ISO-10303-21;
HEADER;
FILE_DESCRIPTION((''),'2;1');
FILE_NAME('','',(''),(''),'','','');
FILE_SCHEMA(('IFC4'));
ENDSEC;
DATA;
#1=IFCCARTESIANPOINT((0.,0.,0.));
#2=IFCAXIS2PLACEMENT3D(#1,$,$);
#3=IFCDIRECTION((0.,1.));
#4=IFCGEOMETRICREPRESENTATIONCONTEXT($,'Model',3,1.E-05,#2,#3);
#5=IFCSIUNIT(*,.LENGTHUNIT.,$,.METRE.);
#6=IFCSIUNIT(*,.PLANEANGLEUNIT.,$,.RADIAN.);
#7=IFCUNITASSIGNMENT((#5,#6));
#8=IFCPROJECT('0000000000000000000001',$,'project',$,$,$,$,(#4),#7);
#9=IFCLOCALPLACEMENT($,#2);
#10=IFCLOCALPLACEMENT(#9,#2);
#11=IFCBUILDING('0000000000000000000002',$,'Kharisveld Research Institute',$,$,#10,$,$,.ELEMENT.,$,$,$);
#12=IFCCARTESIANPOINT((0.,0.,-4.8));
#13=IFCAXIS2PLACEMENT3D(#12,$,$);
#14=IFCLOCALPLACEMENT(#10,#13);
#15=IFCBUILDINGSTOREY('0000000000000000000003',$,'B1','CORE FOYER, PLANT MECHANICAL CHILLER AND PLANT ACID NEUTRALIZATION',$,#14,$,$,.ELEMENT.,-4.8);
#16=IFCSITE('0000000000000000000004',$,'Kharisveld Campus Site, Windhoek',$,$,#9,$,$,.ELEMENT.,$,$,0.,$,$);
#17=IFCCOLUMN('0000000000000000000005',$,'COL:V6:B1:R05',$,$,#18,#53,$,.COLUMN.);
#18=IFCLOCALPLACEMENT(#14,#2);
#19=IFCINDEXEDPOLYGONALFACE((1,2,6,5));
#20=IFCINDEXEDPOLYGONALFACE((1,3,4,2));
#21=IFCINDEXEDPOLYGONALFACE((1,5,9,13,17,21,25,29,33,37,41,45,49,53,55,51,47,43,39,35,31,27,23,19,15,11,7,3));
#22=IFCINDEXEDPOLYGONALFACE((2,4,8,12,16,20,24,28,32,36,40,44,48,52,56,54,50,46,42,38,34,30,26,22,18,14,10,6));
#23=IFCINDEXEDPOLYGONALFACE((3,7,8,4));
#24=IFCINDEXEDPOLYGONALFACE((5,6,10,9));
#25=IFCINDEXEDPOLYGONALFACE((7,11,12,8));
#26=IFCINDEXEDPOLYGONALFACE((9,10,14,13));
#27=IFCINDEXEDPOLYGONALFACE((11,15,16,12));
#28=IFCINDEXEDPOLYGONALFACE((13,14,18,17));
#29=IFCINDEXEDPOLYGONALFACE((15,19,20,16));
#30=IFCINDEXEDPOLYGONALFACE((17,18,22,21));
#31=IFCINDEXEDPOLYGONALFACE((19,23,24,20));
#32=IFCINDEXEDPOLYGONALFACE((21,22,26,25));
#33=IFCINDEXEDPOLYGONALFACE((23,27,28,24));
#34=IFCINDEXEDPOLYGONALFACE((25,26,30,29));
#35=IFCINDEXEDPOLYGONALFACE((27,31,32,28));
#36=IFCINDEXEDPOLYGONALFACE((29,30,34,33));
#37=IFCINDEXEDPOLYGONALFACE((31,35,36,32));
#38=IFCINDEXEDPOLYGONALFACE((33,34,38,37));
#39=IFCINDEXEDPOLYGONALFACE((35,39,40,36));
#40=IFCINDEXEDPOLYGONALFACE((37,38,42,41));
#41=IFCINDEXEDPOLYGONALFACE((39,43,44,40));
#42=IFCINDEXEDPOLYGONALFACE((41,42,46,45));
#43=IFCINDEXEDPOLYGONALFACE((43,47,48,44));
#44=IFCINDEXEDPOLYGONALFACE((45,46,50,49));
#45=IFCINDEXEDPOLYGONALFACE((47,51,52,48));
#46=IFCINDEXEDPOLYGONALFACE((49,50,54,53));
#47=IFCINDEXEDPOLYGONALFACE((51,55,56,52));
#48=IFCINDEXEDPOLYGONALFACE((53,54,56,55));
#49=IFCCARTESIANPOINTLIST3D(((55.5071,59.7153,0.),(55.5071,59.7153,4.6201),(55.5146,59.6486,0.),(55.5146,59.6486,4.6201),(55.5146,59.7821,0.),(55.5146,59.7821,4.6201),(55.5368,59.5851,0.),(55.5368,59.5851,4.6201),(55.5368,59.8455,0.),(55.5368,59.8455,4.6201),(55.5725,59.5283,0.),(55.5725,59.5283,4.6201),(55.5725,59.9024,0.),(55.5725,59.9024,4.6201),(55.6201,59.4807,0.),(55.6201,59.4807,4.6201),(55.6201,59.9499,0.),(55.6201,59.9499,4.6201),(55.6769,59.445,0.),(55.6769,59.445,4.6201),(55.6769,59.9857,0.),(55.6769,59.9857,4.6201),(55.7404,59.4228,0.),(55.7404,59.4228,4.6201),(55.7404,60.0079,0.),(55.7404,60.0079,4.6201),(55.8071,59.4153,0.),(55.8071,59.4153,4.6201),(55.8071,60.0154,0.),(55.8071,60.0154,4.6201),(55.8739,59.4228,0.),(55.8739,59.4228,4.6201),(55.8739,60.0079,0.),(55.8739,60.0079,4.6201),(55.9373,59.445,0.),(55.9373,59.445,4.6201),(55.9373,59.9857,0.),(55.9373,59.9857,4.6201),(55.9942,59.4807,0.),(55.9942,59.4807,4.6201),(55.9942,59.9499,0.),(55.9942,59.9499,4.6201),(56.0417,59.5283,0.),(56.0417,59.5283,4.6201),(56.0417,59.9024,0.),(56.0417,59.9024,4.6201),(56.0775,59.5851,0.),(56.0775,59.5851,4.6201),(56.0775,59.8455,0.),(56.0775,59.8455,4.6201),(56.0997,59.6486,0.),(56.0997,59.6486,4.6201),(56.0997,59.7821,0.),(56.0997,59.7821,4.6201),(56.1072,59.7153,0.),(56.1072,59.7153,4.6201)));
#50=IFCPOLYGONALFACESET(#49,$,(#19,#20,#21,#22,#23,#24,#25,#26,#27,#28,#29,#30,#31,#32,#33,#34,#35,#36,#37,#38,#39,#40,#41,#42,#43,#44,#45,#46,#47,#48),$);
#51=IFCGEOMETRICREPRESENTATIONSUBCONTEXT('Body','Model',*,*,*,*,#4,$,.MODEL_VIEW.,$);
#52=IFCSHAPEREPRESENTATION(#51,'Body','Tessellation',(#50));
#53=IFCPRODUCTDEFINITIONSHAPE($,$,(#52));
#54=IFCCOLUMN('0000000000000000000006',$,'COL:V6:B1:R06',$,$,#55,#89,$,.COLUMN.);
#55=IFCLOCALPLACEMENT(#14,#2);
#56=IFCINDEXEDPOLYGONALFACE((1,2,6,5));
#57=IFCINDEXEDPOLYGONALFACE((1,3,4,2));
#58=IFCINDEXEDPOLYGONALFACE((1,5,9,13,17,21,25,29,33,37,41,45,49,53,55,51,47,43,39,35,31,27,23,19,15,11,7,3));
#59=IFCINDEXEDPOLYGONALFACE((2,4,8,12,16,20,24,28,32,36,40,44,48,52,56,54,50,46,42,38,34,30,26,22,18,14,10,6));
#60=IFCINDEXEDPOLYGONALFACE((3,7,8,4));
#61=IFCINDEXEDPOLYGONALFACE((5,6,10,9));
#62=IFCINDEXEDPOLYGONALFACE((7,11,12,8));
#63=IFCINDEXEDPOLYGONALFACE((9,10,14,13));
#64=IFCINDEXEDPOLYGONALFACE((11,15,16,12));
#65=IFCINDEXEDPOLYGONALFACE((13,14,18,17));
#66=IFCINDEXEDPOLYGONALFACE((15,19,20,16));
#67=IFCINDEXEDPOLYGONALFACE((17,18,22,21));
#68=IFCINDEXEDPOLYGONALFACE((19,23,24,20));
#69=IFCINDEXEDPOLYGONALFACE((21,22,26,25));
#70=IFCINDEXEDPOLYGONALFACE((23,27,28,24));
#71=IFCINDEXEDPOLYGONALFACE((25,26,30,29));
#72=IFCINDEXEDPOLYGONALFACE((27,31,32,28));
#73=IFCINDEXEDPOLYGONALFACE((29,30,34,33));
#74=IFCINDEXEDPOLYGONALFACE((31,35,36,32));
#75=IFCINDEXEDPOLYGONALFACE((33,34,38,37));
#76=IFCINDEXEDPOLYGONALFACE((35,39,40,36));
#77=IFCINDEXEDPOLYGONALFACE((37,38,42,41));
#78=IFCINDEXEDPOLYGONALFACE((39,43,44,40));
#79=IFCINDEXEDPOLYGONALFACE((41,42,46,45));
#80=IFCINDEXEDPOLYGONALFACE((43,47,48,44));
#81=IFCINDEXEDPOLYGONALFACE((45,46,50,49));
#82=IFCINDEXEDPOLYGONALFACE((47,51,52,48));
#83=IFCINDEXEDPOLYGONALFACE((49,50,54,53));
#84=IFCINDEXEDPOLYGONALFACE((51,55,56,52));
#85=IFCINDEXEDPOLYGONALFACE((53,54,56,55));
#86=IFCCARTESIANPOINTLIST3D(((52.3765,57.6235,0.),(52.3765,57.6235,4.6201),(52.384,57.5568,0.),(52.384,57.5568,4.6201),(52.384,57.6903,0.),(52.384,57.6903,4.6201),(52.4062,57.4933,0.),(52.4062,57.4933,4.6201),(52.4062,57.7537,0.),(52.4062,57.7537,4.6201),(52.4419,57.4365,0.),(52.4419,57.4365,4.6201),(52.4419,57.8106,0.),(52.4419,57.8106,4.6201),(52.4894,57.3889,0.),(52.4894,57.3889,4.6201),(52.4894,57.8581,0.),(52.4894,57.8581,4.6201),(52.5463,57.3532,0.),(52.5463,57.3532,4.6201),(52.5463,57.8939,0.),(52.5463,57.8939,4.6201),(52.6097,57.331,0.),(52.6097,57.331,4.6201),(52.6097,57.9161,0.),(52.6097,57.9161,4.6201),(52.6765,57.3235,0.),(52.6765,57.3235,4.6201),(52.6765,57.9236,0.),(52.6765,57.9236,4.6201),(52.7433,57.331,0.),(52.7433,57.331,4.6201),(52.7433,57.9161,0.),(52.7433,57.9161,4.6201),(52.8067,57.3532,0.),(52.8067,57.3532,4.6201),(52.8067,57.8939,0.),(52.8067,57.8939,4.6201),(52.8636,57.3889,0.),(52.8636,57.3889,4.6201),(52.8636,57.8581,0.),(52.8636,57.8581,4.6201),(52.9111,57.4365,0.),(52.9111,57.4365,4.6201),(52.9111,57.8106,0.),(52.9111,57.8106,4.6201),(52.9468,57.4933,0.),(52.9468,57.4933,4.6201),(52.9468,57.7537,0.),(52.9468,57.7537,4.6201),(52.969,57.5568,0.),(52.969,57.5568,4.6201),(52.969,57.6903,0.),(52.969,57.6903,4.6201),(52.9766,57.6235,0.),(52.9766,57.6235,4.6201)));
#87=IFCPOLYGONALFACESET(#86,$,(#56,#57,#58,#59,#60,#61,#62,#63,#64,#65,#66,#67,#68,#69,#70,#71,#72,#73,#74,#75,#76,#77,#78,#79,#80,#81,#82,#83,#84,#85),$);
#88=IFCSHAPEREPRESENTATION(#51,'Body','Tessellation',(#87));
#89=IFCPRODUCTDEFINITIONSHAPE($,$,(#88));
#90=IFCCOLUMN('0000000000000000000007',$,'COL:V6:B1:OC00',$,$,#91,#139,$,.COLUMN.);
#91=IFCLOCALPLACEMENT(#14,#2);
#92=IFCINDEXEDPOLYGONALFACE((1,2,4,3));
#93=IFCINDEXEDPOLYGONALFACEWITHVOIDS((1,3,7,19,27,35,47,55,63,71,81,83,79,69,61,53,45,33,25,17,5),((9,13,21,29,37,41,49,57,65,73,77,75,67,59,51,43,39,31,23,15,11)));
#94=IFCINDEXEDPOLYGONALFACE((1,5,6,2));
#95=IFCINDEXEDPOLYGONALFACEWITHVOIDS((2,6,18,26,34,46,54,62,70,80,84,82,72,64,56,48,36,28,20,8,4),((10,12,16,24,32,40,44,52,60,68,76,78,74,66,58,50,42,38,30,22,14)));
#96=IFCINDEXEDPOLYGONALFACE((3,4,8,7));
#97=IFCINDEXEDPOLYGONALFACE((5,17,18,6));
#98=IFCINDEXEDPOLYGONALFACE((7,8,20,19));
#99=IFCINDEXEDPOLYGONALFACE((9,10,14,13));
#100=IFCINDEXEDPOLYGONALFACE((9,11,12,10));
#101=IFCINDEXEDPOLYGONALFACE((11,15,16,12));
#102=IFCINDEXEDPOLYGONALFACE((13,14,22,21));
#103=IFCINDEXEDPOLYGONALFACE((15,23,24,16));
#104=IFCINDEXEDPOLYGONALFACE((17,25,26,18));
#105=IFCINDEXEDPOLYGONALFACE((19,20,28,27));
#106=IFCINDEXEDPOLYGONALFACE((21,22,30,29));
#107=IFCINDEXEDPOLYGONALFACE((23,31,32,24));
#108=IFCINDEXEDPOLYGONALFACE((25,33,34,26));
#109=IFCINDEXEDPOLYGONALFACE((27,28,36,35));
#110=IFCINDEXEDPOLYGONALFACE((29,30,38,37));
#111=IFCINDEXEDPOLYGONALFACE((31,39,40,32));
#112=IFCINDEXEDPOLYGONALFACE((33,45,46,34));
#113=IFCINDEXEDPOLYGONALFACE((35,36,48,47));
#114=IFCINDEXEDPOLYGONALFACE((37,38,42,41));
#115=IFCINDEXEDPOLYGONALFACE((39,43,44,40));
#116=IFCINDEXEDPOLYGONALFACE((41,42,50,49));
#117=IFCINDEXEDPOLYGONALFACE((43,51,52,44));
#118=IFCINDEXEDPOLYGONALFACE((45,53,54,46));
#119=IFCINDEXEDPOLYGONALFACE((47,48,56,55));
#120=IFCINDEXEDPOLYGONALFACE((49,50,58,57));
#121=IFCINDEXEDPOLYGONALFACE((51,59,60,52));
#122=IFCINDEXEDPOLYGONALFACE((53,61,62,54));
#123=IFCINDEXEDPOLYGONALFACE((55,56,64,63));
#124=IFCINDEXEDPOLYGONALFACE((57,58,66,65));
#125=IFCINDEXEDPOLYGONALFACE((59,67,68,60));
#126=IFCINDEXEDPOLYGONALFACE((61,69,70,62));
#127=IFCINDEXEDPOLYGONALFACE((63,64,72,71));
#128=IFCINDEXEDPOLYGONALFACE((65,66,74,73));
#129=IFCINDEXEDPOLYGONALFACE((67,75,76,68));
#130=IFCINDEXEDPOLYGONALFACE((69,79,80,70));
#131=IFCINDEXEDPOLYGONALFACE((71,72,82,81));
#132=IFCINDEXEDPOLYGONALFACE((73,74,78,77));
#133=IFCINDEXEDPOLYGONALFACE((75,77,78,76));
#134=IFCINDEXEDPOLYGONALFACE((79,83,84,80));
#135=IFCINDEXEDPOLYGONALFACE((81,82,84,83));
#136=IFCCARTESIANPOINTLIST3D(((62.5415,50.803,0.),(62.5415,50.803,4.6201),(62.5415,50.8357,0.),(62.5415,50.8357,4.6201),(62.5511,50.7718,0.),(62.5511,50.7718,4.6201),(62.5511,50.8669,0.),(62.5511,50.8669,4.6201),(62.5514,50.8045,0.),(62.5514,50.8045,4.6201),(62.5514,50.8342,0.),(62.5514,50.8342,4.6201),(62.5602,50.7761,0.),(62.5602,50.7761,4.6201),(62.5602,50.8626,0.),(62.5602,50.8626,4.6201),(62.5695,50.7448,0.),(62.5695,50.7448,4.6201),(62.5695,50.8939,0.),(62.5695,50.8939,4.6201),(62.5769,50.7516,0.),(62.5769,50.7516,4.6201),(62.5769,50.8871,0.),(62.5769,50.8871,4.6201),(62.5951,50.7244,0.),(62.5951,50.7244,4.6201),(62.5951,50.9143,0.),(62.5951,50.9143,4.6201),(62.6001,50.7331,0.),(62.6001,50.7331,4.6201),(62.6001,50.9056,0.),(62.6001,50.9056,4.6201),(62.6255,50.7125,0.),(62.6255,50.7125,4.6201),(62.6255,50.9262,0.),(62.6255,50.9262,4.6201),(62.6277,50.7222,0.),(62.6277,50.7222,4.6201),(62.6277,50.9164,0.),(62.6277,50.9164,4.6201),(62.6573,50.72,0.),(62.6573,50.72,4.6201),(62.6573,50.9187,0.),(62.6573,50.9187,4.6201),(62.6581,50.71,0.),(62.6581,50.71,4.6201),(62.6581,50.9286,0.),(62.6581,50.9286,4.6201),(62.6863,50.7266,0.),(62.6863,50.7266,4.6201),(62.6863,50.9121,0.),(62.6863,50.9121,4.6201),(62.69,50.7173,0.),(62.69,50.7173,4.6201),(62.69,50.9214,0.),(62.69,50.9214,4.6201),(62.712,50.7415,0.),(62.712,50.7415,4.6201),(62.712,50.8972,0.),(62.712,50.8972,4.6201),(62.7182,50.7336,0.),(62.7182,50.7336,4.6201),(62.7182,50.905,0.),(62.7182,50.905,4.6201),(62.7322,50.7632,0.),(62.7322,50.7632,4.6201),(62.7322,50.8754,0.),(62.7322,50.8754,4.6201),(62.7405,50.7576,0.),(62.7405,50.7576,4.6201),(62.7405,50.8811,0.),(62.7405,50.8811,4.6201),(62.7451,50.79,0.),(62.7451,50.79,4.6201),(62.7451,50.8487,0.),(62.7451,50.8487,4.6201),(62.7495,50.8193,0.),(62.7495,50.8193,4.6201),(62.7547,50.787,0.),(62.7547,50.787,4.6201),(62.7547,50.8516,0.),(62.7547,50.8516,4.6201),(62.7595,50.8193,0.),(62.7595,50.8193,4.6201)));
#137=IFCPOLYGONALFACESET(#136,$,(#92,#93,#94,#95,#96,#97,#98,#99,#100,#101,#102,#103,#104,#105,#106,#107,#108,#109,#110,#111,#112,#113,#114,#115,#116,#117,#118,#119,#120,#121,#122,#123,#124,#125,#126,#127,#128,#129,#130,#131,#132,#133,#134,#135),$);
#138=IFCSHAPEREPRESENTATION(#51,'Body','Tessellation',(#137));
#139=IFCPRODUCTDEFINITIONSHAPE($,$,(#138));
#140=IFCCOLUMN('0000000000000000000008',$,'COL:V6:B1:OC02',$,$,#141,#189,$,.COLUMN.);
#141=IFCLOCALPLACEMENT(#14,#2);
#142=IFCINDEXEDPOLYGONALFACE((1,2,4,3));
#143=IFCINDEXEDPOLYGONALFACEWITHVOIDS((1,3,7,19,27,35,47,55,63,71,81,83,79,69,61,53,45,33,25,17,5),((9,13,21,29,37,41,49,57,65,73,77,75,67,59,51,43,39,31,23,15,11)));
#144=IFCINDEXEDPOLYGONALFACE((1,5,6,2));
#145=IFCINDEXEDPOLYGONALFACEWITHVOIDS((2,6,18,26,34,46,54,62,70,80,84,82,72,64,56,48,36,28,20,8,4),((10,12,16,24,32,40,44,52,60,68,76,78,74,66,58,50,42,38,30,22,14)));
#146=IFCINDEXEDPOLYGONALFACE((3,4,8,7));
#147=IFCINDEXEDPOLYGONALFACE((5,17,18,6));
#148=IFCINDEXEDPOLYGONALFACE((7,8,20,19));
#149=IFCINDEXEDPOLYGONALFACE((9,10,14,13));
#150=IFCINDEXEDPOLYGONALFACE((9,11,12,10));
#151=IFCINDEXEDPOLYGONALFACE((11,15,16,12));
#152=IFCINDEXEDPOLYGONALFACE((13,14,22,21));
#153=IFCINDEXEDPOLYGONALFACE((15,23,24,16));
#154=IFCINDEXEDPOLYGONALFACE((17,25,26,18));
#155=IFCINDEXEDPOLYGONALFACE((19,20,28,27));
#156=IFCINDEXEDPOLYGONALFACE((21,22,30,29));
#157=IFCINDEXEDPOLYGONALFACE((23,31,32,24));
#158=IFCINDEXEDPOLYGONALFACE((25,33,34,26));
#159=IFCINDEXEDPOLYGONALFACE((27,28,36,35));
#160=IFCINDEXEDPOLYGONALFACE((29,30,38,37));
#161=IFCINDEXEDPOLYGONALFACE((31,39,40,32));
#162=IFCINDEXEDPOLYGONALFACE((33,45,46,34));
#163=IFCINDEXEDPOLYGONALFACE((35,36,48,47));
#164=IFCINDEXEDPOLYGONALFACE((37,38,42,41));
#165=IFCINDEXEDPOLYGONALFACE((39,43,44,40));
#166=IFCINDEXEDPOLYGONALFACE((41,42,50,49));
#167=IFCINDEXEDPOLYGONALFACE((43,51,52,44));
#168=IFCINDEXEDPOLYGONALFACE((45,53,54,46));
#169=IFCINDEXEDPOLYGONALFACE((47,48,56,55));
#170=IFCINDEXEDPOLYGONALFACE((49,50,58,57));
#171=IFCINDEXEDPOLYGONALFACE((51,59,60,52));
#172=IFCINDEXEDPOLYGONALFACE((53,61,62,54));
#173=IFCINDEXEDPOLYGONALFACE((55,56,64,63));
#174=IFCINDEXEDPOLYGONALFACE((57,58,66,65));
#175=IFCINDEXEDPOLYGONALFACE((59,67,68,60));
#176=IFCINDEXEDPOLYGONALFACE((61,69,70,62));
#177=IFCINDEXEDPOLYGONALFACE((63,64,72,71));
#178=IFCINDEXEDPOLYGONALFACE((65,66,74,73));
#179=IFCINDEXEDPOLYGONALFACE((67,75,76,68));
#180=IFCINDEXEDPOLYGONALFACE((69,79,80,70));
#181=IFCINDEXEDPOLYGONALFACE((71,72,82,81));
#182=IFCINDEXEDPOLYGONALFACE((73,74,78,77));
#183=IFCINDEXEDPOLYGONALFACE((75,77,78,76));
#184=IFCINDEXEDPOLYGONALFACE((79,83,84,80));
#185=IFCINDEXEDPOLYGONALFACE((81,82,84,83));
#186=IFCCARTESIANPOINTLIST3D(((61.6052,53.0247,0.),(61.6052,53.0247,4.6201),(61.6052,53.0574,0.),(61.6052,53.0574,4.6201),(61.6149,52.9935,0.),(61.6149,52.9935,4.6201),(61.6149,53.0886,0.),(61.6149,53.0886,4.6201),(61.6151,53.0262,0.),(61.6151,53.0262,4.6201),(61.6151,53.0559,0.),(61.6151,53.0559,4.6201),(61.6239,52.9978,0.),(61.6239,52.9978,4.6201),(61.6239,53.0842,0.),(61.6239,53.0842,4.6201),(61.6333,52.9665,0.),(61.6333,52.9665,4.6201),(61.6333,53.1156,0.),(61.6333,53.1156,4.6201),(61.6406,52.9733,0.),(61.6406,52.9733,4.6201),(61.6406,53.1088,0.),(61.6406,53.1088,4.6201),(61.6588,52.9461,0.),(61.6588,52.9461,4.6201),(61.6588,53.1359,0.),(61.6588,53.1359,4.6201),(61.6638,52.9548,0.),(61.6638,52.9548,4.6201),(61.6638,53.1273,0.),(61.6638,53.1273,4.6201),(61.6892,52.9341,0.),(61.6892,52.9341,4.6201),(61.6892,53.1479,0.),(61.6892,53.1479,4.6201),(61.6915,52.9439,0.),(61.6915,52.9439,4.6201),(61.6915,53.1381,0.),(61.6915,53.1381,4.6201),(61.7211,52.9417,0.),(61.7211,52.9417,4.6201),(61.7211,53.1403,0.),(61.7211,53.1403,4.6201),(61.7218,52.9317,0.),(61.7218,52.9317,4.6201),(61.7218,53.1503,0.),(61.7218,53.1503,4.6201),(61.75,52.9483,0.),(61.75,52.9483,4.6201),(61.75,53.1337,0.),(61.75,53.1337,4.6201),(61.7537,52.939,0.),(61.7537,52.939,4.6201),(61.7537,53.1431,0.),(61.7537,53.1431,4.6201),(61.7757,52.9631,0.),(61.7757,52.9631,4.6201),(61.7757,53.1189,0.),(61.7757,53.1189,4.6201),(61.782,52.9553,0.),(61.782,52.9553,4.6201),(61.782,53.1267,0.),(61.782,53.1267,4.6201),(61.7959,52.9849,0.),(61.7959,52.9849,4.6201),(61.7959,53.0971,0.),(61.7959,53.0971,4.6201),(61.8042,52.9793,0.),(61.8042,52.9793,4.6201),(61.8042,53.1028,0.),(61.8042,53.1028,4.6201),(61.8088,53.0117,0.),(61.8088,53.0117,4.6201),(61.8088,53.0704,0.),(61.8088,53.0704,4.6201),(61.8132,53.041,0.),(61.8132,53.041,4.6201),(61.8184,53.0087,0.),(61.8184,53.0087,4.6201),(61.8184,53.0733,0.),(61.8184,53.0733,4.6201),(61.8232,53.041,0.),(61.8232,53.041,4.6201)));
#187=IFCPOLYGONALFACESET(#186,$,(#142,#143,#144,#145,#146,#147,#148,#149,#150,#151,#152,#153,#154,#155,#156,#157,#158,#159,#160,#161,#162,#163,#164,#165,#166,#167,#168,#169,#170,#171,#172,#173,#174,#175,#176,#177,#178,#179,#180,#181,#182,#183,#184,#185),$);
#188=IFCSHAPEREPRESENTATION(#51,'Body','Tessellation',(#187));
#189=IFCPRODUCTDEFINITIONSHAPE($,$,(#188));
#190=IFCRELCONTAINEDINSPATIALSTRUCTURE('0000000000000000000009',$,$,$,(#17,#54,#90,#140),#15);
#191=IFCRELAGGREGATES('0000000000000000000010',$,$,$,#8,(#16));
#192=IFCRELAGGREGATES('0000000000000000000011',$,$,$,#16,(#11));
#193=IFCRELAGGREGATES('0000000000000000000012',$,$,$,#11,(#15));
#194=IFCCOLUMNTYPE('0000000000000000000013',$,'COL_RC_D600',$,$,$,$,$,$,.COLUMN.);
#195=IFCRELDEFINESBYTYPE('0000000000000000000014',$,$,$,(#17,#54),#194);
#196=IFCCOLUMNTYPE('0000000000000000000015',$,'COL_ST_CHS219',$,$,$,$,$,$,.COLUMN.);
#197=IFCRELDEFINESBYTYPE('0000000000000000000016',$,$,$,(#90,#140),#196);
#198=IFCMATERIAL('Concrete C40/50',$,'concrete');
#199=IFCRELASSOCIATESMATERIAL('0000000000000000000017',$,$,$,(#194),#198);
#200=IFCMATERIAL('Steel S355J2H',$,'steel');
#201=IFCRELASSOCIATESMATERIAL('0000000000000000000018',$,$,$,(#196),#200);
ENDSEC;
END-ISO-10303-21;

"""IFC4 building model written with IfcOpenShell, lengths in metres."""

from ifc_helpers import new_model, si_unit, direction, frame, origin, origin_2d, place, context, subcontext, project, spatial, circle, hollow_circle, extrude, material, material_profile, profile_set, type_object, element, save


model = new_model("IFC4")

# Units and contexts
model_context = context("Model", 3, precision=1e-05, world=origin(), true_north=direction((0.0, 1.0)))
body_context = subcontext(model_context, "Body", "Model", "MODEL_VIEW")
ifc_project = project(units=[si_unit("LENGTHUNIT", "METRE"), si_unit("PLANEANGLEUNIT", "RADIAN")], contexts=[model_context])

# Site, building, storey
site_placement = place(None, origin())
site = spatial("IfcSite", under=ifc_project, at=site_placement, Name="Kharisveld Campus Site, Windhoek", CompositionType="ELEMENT", RefElevation=0.0)
building_placement = place(site_placement, origin())
building = spatial("IfcBuilding", under=site, at=building_placement, Name="Kharisveld Research Institute", CompositionType="ELEMENT")
storey_placement = place(building_placement, frame((0.0, 0.0, -4.8)))
storey = spatial("IfcBuildingStorey", under=building, at=storey_placement, Name="B1", Description="CORE FOYER, PLANT MECHANICAL CHILLER AND PLANT ACID NEUTRALIZATION", CompositionType="ELEMENT", Elevation=-4.8)

# Columns
ifc_material_1 = material(Name="Concrete C40/50", Category="concrete")
ifc_material_profile_1 = material_profile(ifc_material_1, circle(Radius=0.3, at=origin_2d()))
ifc_profile_set_1 = profile_set([ifc_material_profile_1], Name="Concrete C40/50")
column_type_1 = type_object("IfcColumnType", Name="COL_RC_D600", PredefinedType="COLUMN", material=ifc_profile_set_1)
for number, where, z_axis, x_axis, name in (
    (1, (55.8071, 59.7153, 0.0), (0.0, 0.0, 1.0), (1.0, 0.0, 0.0), "COL:V6:B1:R05"),
    (2, (52.6765, 57.6235, 0.0), (0.0, 0.0, 1.0), (1.0, 0.0, 0.0), "COL:V6:B1:R06"),
):
    element("IfcColumn", number, at=place(storey_placement, frame(where, z_axis=z_axis, x_axis=x_axis)), inside=storey, type_object=column_type_1, Name=name, PredefinedType="COLUMN", context=body_context, shape_type="SweptSolid", body=[
        extrude(circle(Radius=0.3, at=origin_2d()), origin(), (0.0, 0.0, 1.0), 4.6201),
    ])
ifc_material_2 = material(Name="Steel S355J2H", Category="steel")
ifc_material_profile_2 = material_profile(ifc_material_2, hollow_circle(Radius=0.1096, WallThickness=0.01, at=origin_2d()))
ifc_profile_set_2 = profile_set([ifc_material_profile_2], Name="Steel S355J2H")
column_type_2 = type_object("IfcColumnType", Name="COL_ST_CHS219", PredefinedType="COLUMN", material=ifc_profile_set_2)
for number, where, z_axis, x_axis, name in (
    (3, (62.6499, 50.8193, 0.0), (0.0, 0.0, 1.0), (1.0, 0.0, 0.0), "COL:V6:B1:OC00"),
    (4, (61.7136, 53.041, 0.0), (0.0, 0.0, 1.0), (1.0, 0.0, 0.0), "COL:V6:B1:OC02"),
):
    element("IfcColumn", number, at=place(storey_placement, frame(where, z_axis=z_axis, x_axis=x_axis)), inside=storey, type_object=column_type_2, Name=name, PredefinedType="COLUMN", context=body_context, shape_type="SweptSolid", body=[
        extrude(hollow_circle(Radius=0.1096, WallThickness=0.01, at=origin_2d()), origin(), (0.0, 0.0, 1.0), 4.6201),
    ])

save(model, "model.ifc")
